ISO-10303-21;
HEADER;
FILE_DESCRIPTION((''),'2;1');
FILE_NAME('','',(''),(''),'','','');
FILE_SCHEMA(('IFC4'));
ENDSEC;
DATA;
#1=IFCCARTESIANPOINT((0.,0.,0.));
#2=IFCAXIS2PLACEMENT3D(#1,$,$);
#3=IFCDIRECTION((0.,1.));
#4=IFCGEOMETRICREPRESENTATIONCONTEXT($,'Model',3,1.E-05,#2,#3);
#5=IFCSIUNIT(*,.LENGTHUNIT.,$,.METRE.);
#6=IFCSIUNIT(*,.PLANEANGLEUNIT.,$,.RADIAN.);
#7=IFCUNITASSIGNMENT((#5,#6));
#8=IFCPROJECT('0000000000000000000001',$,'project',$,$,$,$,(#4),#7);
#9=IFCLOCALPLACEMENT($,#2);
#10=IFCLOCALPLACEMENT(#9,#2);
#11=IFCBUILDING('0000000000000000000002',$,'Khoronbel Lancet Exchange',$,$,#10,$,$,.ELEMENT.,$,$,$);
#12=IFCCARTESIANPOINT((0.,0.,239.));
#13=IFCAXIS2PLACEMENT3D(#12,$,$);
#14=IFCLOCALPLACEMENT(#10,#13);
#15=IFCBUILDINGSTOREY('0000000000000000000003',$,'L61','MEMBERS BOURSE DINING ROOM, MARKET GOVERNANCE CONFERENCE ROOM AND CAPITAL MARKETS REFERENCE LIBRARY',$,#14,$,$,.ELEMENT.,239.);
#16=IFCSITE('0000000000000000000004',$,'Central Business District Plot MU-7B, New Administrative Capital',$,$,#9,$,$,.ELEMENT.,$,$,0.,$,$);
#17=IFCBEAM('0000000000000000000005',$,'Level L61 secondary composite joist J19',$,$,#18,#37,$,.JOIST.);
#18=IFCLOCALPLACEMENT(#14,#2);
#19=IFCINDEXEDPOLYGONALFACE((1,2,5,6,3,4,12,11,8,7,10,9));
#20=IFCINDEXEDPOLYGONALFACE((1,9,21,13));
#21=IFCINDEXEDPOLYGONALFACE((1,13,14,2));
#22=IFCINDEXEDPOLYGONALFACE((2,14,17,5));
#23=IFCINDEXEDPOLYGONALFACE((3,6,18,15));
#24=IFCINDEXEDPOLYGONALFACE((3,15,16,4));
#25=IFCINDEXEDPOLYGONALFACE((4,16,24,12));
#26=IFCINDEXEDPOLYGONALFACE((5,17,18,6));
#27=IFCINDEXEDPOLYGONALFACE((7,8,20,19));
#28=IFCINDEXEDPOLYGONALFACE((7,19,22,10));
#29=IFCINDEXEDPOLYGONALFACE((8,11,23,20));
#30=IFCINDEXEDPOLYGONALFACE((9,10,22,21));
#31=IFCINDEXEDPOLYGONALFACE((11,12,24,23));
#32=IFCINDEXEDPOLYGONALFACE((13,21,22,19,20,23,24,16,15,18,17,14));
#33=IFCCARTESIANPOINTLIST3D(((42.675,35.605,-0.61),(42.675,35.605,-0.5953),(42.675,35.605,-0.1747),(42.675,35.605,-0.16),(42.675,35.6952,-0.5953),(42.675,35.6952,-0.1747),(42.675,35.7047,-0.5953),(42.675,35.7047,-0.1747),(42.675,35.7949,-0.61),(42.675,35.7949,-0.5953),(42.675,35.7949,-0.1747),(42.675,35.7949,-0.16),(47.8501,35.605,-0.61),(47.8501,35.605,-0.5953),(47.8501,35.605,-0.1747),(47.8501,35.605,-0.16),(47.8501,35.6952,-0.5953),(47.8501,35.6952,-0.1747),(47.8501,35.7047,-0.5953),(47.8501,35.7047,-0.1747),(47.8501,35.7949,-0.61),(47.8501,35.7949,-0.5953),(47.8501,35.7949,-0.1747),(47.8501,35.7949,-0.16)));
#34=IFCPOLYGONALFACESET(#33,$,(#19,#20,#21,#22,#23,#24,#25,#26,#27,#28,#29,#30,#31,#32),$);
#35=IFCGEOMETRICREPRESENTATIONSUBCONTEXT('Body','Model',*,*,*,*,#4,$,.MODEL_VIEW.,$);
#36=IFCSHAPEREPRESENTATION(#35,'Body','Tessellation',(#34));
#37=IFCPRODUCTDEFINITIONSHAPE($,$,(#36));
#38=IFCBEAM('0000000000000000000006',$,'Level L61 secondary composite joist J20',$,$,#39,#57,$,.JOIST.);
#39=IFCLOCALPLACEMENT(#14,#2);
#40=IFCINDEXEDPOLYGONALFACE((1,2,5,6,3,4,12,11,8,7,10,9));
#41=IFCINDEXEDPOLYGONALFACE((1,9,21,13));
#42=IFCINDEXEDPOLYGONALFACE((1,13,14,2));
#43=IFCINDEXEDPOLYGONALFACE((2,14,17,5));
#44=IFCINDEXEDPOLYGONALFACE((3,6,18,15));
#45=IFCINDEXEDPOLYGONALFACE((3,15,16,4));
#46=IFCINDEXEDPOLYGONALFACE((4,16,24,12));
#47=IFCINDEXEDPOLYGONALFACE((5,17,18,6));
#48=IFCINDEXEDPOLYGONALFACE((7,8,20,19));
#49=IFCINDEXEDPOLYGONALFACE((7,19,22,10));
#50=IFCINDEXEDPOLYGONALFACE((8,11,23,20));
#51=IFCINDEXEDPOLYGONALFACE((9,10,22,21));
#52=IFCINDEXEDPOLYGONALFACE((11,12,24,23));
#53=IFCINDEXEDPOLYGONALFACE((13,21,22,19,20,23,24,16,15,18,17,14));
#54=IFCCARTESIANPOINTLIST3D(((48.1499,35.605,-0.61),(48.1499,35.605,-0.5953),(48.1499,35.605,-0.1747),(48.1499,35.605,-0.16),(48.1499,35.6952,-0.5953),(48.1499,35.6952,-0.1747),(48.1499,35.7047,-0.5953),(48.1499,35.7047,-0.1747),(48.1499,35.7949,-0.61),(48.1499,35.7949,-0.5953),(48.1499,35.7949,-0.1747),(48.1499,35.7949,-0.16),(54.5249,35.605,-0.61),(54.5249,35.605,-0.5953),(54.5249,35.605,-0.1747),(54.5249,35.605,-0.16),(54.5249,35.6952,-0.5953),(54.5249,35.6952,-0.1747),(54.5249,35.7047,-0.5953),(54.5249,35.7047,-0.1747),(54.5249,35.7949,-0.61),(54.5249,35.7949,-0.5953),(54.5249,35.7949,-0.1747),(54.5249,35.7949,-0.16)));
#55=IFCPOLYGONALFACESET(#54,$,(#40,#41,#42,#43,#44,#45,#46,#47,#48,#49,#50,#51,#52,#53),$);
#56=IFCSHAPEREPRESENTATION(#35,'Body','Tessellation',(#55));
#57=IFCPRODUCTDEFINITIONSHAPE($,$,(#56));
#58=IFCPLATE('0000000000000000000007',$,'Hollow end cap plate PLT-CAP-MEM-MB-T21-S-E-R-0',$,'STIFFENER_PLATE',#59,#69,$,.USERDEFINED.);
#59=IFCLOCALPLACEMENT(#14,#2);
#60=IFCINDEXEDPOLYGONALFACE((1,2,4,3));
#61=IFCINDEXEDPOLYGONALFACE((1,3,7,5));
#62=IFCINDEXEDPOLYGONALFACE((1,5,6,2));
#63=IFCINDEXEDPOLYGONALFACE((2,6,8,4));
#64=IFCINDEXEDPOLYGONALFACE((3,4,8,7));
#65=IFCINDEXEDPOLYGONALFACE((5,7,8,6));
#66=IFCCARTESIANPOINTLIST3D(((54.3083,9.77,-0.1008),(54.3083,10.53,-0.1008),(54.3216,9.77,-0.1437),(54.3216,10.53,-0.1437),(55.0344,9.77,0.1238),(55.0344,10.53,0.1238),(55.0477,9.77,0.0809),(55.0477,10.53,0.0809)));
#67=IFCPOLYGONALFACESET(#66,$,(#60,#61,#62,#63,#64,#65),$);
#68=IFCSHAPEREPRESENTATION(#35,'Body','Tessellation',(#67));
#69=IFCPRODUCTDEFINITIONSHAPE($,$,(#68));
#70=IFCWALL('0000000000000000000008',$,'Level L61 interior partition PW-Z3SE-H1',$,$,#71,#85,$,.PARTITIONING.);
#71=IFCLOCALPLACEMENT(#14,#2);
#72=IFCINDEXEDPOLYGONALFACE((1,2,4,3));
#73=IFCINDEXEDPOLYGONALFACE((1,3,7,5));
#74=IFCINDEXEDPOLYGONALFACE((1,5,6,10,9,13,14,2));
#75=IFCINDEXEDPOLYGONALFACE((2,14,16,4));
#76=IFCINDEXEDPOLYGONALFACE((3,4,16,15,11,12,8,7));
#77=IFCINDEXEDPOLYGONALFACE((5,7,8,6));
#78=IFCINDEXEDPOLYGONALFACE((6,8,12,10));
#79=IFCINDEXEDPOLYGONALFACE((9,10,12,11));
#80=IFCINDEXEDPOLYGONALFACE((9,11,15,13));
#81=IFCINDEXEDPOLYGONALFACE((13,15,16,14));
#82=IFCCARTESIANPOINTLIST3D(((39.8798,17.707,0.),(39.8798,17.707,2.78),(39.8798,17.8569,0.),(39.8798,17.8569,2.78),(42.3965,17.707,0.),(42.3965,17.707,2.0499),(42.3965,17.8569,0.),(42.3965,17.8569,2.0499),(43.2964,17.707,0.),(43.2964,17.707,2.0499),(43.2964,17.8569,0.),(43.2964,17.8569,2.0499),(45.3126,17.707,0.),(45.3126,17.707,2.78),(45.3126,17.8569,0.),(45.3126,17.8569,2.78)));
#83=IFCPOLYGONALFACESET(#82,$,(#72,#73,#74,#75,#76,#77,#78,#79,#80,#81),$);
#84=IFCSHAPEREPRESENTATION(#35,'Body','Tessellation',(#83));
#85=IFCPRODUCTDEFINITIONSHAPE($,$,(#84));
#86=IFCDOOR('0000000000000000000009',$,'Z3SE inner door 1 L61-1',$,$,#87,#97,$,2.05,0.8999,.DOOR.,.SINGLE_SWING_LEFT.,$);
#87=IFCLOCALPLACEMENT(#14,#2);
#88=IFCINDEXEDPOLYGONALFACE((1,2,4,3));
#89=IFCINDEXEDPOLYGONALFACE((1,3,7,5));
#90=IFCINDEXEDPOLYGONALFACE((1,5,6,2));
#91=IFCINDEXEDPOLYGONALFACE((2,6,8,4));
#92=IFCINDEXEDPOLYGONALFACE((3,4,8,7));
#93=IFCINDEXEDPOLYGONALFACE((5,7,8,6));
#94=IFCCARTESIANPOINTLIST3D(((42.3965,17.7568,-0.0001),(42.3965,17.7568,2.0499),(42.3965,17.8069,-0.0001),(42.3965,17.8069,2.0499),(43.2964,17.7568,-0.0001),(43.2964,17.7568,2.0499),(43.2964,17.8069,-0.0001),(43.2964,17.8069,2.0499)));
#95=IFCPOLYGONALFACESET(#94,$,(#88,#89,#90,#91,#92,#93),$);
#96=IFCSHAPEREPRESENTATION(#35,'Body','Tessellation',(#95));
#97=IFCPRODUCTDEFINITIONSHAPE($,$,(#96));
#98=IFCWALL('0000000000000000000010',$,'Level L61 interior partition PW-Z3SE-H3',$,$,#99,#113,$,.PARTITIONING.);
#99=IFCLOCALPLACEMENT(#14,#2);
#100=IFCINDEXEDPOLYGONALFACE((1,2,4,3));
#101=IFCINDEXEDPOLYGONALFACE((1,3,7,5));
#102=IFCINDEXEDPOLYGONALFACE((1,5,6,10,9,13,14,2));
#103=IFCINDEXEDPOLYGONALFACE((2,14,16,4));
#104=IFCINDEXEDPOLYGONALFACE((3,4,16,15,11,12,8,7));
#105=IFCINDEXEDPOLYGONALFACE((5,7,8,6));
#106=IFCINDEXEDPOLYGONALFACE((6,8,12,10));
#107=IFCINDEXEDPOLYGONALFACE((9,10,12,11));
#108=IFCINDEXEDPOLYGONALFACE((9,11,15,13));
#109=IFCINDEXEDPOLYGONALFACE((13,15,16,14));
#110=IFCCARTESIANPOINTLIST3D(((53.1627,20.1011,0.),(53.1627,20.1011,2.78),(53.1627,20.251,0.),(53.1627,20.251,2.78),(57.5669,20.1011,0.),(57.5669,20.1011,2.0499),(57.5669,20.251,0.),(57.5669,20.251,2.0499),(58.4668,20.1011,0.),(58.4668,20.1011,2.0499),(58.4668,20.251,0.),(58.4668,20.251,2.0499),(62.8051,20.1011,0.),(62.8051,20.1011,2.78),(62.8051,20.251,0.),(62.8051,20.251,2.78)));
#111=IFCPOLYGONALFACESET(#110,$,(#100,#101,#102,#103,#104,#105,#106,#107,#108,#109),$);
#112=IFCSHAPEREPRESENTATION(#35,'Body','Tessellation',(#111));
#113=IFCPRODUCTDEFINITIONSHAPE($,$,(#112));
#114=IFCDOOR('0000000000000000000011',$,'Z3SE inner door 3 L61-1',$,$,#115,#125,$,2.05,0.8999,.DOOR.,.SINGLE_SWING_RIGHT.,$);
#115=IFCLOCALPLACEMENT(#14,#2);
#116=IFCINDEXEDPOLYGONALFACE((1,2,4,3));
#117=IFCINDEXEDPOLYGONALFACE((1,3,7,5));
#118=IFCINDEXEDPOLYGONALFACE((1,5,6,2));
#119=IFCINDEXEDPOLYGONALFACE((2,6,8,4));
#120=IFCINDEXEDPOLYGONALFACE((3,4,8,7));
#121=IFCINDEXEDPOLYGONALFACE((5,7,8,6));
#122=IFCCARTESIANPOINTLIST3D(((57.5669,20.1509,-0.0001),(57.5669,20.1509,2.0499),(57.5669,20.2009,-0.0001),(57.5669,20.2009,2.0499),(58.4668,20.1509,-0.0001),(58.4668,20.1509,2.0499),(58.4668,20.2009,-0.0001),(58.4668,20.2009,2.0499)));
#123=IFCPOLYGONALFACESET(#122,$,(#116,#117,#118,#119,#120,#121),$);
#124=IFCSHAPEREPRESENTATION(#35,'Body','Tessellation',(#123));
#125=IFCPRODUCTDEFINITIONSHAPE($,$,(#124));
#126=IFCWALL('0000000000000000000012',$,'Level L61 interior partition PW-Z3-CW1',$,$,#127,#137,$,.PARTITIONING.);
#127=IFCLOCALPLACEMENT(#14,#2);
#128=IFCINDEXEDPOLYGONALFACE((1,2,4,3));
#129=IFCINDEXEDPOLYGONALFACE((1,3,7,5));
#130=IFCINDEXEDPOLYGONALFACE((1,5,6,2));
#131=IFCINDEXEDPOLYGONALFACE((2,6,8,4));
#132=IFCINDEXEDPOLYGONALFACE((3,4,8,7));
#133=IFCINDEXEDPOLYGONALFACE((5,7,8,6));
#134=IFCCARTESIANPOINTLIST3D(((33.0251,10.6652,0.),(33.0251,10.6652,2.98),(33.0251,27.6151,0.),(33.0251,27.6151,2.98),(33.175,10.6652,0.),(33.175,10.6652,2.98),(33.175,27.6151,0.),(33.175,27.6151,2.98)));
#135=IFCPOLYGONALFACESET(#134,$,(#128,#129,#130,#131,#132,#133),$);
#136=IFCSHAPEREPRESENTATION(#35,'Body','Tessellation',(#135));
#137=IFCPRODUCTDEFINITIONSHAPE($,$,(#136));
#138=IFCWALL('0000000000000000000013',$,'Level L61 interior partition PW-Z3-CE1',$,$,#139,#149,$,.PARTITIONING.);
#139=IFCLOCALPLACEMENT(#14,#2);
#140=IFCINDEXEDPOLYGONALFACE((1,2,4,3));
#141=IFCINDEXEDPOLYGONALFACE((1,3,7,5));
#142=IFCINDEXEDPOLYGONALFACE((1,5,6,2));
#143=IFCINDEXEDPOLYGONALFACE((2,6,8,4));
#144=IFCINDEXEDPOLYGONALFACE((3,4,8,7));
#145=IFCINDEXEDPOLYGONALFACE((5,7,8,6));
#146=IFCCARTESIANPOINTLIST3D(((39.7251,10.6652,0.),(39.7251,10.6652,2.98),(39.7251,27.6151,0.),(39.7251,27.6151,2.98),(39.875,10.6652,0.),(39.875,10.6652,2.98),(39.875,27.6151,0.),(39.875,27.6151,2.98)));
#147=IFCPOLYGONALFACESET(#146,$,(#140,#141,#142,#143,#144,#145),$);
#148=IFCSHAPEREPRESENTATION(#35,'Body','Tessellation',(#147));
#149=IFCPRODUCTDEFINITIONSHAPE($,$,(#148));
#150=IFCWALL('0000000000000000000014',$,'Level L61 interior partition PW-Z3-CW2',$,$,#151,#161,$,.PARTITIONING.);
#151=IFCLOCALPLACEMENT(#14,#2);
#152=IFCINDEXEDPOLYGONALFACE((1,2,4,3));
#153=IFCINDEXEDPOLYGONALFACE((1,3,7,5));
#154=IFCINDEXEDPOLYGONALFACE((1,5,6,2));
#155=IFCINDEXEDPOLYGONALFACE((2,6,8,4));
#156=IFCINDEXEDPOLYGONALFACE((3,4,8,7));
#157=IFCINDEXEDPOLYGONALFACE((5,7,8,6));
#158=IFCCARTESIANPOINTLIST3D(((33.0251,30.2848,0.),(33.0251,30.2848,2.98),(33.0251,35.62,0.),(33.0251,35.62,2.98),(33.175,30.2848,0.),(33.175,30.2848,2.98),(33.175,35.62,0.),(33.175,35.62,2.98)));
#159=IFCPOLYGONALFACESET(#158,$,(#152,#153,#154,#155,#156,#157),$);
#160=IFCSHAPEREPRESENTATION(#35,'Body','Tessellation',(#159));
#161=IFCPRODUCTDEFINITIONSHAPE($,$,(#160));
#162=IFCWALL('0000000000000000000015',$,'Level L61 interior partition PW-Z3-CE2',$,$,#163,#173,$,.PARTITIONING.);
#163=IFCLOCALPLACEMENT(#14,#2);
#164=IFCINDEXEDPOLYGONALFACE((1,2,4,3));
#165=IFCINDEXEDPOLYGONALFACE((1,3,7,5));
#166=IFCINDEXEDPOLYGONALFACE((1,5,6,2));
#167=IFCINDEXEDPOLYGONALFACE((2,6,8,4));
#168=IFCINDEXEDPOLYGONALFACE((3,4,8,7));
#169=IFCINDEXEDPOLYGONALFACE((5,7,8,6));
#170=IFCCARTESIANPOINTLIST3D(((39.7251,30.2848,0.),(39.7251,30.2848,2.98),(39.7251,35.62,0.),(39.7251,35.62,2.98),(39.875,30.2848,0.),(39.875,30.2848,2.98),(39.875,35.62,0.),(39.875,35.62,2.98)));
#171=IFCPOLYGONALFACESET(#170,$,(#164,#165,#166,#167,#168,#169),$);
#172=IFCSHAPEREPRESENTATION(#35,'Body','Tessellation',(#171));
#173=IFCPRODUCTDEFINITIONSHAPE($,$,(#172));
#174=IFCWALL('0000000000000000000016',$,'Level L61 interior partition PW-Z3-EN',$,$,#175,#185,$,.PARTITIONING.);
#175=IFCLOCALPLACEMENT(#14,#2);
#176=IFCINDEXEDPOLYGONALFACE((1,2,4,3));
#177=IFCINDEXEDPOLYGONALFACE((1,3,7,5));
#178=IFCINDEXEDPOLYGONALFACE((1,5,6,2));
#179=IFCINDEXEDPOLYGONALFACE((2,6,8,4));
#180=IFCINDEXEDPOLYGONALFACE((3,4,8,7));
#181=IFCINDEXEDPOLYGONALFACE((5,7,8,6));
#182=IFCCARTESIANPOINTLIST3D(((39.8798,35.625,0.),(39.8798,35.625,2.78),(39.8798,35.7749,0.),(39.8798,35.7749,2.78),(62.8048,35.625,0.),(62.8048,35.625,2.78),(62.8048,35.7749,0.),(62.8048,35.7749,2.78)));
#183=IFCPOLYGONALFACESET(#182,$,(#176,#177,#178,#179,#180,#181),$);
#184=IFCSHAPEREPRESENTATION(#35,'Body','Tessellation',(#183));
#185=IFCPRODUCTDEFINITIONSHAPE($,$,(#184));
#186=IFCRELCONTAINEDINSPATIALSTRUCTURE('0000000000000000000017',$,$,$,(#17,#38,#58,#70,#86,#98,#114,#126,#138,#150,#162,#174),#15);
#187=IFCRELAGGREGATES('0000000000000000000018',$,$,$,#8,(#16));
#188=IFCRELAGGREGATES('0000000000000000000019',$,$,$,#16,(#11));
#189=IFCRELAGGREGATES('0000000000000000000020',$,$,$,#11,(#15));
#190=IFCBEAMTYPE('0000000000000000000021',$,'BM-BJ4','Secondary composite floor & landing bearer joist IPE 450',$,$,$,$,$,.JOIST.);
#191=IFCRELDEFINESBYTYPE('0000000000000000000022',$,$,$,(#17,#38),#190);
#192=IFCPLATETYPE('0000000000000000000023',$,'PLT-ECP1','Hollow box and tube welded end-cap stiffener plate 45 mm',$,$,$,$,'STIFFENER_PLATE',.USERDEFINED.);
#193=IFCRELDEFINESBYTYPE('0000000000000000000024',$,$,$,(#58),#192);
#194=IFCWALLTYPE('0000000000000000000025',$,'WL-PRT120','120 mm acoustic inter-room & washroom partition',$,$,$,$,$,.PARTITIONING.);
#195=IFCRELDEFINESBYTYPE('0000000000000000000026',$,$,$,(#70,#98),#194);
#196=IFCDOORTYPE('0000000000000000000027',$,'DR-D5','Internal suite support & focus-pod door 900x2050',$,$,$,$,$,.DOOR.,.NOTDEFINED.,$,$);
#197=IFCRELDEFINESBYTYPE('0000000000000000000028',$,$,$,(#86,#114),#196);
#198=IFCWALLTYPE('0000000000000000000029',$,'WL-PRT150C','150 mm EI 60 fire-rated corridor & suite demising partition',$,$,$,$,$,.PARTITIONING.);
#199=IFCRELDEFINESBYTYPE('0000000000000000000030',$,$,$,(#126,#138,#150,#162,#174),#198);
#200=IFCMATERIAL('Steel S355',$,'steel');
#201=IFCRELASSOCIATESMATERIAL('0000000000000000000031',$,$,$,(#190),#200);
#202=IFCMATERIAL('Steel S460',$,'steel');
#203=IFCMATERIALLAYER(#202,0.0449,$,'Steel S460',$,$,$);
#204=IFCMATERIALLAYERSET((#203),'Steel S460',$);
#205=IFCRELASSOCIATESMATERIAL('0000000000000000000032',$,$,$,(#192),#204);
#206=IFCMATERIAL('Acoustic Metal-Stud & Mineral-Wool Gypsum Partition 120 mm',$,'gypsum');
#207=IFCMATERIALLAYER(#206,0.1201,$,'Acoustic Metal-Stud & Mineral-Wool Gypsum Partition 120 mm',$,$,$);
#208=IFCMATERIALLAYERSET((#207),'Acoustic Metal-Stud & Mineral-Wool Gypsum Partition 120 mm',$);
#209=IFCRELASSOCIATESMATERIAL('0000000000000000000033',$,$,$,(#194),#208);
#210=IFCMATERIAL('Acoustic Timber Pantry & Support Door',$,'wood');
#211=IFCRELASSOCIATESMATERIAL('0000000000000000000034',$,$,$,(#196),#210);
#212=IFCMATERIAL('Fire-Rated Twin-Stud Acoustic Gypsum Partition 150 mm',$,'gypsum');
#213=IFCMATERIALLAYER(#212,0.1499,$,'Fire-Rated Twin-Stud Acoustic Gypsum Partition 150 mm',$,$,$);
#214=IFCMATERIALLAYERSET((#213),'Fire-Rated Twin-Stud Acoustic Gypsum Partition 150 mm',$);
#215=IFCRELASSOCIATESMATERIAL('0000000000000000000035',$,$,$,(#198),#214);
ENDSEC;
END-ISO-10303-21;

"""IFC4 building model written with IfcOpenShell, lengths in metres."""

from ifc_helpers import new_model, si_unit, direction, frame, frame_2d, origin, origin_2d, place, context, subcontext, project, spatial, polyline, rectangle, i_section, outline, extrude, material, layer, layer_set, material_profile, profile_set, type_object, element, fill, save


model = new_model("IFC4")

# Units and contexts
model_context = context("Model", 3, precision=1e-05, world=origin(), true_north=direction((0.0, 1.0)))
body_context = subcontext(model_context, "Body", "Model", "MODEL_VIEW")
ifc_project = project(units=[si_unit("LENGTHUNIT", "METRE"), si_unit("PLANEANGLEUNIT", "RADIAN")], contexts=[model_context])

# Site, building, storey
site_placement = place(None, origin())
site = spatial("IfcSite", under=ifc_project, at=site_placement, Name="Central Business District Plot MU-7B, New Administrative Capital", CompositionType="ELEMENT", RefElevation=0.0)
building_placement = place(site_placement, origin())
building = spatial("IfcBuilding", under=site, at=building_placement, Name="Khoronbel Lancet Exchange", CompositionType="ELEMENT")
storey_placement = place(building_placement, frame((0.0, 0.0, 239.0)))
storey = spatial("IfcBuildingStorey", under=building, at=storey_placement, Name="L61", Description="MEMBERS BOURSE DINING ROOM, MARKET GOVERNANCE CONFERENCE ROOM AND CAPITAL MARKETS REFERENCE LIBRARY", CompositionType="ELEMENT", Elevation=239.0)

# Shared definitions
ifc_material_1 = material(Name="Steel S355", Category="steel")

# Beams
ifc_material_profile_1 = material_profile(ifc_material_1, i_section(OverallWidth=0.1899, OverallDepth=0.45, WebThickness=0.0095, FlangeThickness=0.0146, at=origin_2d()), Name="IPE 450")
ifc_profile_set_1 = profile_set([ifc_material_profile_1], Name="Steel S355")
beam_type_1 = type_object("IfcBeamType", Name="BM-BJ4", Description="Secondary composite floor & landing bearer joist IPE 450", PredefinedType="JOIST", material=ifc_profile_set_1)
beam_1_placement = place(storey_placement, frame((42.675, 35.7, -0.385), z_axis=(1.0, 0.0, 0.0), x_axis=(0.0, 1.0, 0.0)))
element("IfcBeam", 1, at=beam_1_placement, inside=storey, type_object=beam_type_1, Name="Level L61 secondary composite joist J19", PredefinedType="JOIST", context=body_context, shape_type="SweptSolid", body=[
    extrude(i_section(OverallWidth=0.1899, OverallDepth=0.45, WebThickness=0.0095, FlangeThickness=0.0146, at=origin_2d()), origin(), (0.0, 0.0, 1.0), 5.175),
])
beam_2_placement = place(storey_placement, frame((48.1499, 35.7, -0.385), z_axis=(1.0, 0.0, 0.0), x_axis=(0.0, 1.0, 0.0)))
element("IfcBeam", 2, at=beam_2_placement, inside=storey, type_object=beam_type_1, Name="Level L61 secondary composite joist J20", PredefinedType="JOIST", context=body_context, shape_type="SweptSolid", body=[
    extrude(i_section(OverallWidth=0.1899, OverallDepth=0.45, WebThickness=0.0095, FlangeThickness=0.0146, at=origin_2d()), origin(), (0.0, 0.0, 1.0), 6.375),
])

# Plate
ifc_material_2 = material(Name="Steel S460", Category="steel")
ifc_layer_1 = layer(ifc_material_2, 0.0449, Name="Steel S460")
ifc_layer_set_1 = layer_set([ifc_layer_1], Name="Steel S460")
plate_type = type_object("IfcPlateType", Name="PLT-ECP1", Description="Hollow box and tube welded end-cap stiffener plate 45 mm", ElementType="STIFFENER_PLATE", PredefinedType="USERDEFINED", material=ifc_layer_set_1)
plate_placement = place(storey_placement, frame((54.3083, 10.53, -0.1008), z_axis=(-0.29553, 0.0, 0.955333), x_axis=(0.0, -1.0, 0.0)))
element("IfcPlate", 3, at=plate_placement, inside=storey, type_object=plate_type, Name="Hollow end cap plate PLT-CAP-MEM-MB-T21-S-E-R-0", ObjectType="STIFFENER_PLATE", PredefinedType="USERDEFINED", context=body_context, shape_type="SweptSolid", body=[
    extrude(outline(polyline([(0.0, 0.0), (0.76, 0.0), (0.76, 0.76), (0.0, 0.76), (0.0, 0.0)])), origin(), (0.0, 0.0, -1.0), 0.0449),
])

# Walls, openings, doors
ifc_material_3 = material(Name="Acoustic Metal-Stud & Mineral-Wool Gypsum Partition 120 mm", Category="gypsum")
ifc_layer_2 = layer(ifc_material_3, 0.1201, Name="Acoustic Metal-Stud & Mineral-Wool Gypsum Partition 120 mm")
ifc_layer_set_2 = layer_set([ifc_layer_2], Name="Acoustic Metal-Stud & Mineral-Wool Gypsum Partition 120 mm")
wall_type_1 = type_object("IfcWallType", Name="WL-PRT120", Description="120 mm acoustic inter-room & washroom partition", PredefinedType="PARTITIONING", material=ifc_layer_set_2)
wall_1_placement = place(storey_placement, frame((39.8799, 17.782, 0.0), z_axis=(0.0, 0.0, 1.0), x_axis=(1.0, 0.0, 0.0)))
wall_1 = element("IfcWall", 4, at=wall_1_placement, inside=storey, type_object=wall_type_1, Name="Level L61 interior partition PW-Z3SE-H1", PredefinedType="PARTITIONING", context=body_context, shape_type="SweptSolid", body=[
    extrude(rectangle(XDim=5.4329, YDim=0.1499, at=frame_2d((2.7163, 0.0))), origin(), (0.0, 0.0, 1.0), 2.78),
])
opening_1_placement = place(wall_1_placement, frame((2.5166, 0.0, 0.0)))
opening_1 = element("IfcOpeningElement", 5, at=opening_1_placement, cuts=wall_1, PredefinedType="OPENING", context=body_context, shape_type="SweptSolid", body=[
    extrude(rectangle(XDim=0.8999, YDim=2.05, at=frame_2d((0.45, 1.0249))), frame((0.0, 0.085, 0.0), z_axis=(0.0, -1.0, 0.0), x_axis=(1.0, 0.0, 0.0)), (0.0, 0.0, 1.0), 0.1699),
])
ifc_material_4 = material(Name="Acoustic Timber Pantry & Support Door", Category="wood")
door_type_1 = type_object("IfcDoorType", Name="DR-D5", Description="Internal suite support & focus-pod door 900x2050", OperationType="NOTDEFINED", PredefinedType="DOOR", material=ifc_material_4)
door_1_placement = place(opening_1_placement, origin())
door_1 = element("IfcDoor", 6, at=door_1_placement, inside=storey, type_object=door_type_1, Name="Z3SE inner door 1 L61-1", OperationType="SINGLE_SWING_LEFT", OverallHeight=2.05, OverallWidth=0.8999, PredefinedType="DOOR", context=body_context, shape_type="SweptSolid", body=[
    extrude(rectangle(XDim=0.8999, YDim=2.05, at=frame_2d((0.45, 1.0249))), frame((0.0, 0.0249, 0.0), z_axis=(0.0, -1.0, 0.0), x_axis=(1.0, 0.0, 0.0)), (0.0, 0.0, 1.0), 0.05),
])
fill(opening_1, door_1)
wall_2_placement = place(storey_placement, frame((53.1626, 20.176, 0.0), z_axis=(0.0, 0.0, 1.0), x_axis=(1.0, 0.0, 0.0)))
wall_2 = element("IfcWall", 7, at=wall_2_placement, inside=storey, type_object=wall_type_1, Name="Level L61 interior partition PW-Z3SE-H3", PredefinedType="PARTITIONING", context=body_context, shape_type="SweptSolid", body=[
    extrude(rectangle(XDim=9.6423, YDim=0.1499, at=frame_2d((4.8213, 0.0))), origin(), (0.0, 0.0, 1.0), 2.78),
])
opening_2_placement = place(wall_2_placement, frame((4.4043, 0.0, 0.0)))
opening_2 = element("IfcOpeningElement", 8, at=opening_2_placement, cuts=wall_2, PredefinedType="OPENING", context=body_context, shape_type="SweptSolid", body=[
    extrude(rectangle(XDim=0.8999, YDim=2.05, at=frame_2d((0.45, 1.0249))), frame((0.0, 0.085, 0.0), z_axis=(0.0, -1.0, 0.0), x_axis=(1.0, 0.0, 0.0)), (0.0, 0.0, 1.0), 0.1699),
])
door_2_placement = place(opening_2_placement, origin())
door_2 = element("IfcDoor", 9, at=door_2_placement, inside=storey, type_object=door_type_1, Name="Z3SE inner door 3 L61-1", OperationType="SINGLE_SWING_RIGHT", OverallHeight=2.05, OverallWidth=0.8999, PredefinedType="DOOR", context=body_context, shape_type="SweptSolid", body=[
    extrude(rectangle(XDim=0.8999, YDim=2.05, at=frame_2d((0.45, 1.0249))), frame((0.0, 0.0249, 0.0), z_axis=(0.0, -1.0, 0.0), x_axis=(1.0, 0.0, 0.0)), (0.0, 0.0, 1.0), 0.05),
])
fill(opening_2, door_2)

# Walls
ifc_material_5 = material(Name="Fire-Rated Twin-Stud Acoustic Gypsum Partition 150 mm", Category="gypsum")
ifc_layer_3 = layer(ifc_material_5, 0.1499, Name="Fire-Rated Twin-Stud Acoustic Gypsum Partition 150 mm")
ifc_layer_set_3 = layer_set([ifc_layer_3], Name="Fire-Rated Twin-Stud Acoustic Gypsum Partition 150 mm")
wall_type_2 = type_object("IfcWallType", Name="WL-PRT150C", Description="150 mm EI 60 fire-rated corridor & suite demising partition", PredefinedType="PARTITIONING", material=ifc_layer_set_3)
for number, where, z_axis, x_axis, name in (
    (10, (33.1001, 10.665, 0.0), (0.0, 0.0, 1.0), (0.0, 1.0, 0.0), "Level L61 interior partition PW-Z3-CW1"),
    (11, (39.8, 10.665, 0.0), (0.0, 0.0, 1.0), (0.0, 1.0, 0.0), "Level L61 interior partition PW-Z3-CE1"),
):
    element("IfcWall", number, at=place(storey_placement, frame(where, z_axis=z_axis, x_axis=x_axis)), inside=storey, type_object=wall_type_2, Name=name, PredefinedType="PARTITIONING", context=body_context, shape_type="SweptSolid", body=[
        extrude(rectangle(XDim=16.95, YDim=0.1499, at=frame_2d((8.4751, 0.0))), origin(), (0.0, 0.0, 1.0), 2.98),
    ])
for number, where, z_axis, x_axis, name in (
    (12, (33.1001, 30.2849, 0.0), (0.0, 0.0, 1.0), (0.0, 1.0, 0.0), "Level L61 interior partition PW-Z3-CW2"),
    (13, (39.8, 30.2849, 0.0), (0.0, 0.0, 1.0), (0.0, 1.0, 0.0), "Level L61 interior partition PW-Z3-CE2"),
):
    element("IfcWall", number, at=place(storey_placement, frame(where, z_axis=z_axis, x_axis=x_axis)), inside=storey, type_object=wall_type_2, Name=name, PredefinedType="PARTITIONING", context=body_context, shape_type="SweptSolid", body=[
        extrude(rectangle(XDim=5.3352, YDim=0.1499, at=frame_2d((2.6675, 0.0))), origin(), (0.0, 0.0, 1.0), 2.98),
    ])
wall_3_placement = place(storey_placement, frame((39.8799, 35.7, 0.0), z_axis=(0.0, 0.0, 1.0), x_axis=(1.0, 0.0, 0.0)))
element("IfcWall", 14, at=wall_3_placement, inside=storey, type_object=wall_type_2, Name="Level L61 interior partition PW-Z3-EN", PredefinedType="PARTITIONING", context=body_context, shape_type="SweptSolid", body=[
    extrude(rectangle(XDim=22.925, YDim=0.1499, at=frame_2d((11.4624, 0.0))), origin(), (0.0, 0.0, 1.0), 2.78),
])

save(model, "model.ifc")
